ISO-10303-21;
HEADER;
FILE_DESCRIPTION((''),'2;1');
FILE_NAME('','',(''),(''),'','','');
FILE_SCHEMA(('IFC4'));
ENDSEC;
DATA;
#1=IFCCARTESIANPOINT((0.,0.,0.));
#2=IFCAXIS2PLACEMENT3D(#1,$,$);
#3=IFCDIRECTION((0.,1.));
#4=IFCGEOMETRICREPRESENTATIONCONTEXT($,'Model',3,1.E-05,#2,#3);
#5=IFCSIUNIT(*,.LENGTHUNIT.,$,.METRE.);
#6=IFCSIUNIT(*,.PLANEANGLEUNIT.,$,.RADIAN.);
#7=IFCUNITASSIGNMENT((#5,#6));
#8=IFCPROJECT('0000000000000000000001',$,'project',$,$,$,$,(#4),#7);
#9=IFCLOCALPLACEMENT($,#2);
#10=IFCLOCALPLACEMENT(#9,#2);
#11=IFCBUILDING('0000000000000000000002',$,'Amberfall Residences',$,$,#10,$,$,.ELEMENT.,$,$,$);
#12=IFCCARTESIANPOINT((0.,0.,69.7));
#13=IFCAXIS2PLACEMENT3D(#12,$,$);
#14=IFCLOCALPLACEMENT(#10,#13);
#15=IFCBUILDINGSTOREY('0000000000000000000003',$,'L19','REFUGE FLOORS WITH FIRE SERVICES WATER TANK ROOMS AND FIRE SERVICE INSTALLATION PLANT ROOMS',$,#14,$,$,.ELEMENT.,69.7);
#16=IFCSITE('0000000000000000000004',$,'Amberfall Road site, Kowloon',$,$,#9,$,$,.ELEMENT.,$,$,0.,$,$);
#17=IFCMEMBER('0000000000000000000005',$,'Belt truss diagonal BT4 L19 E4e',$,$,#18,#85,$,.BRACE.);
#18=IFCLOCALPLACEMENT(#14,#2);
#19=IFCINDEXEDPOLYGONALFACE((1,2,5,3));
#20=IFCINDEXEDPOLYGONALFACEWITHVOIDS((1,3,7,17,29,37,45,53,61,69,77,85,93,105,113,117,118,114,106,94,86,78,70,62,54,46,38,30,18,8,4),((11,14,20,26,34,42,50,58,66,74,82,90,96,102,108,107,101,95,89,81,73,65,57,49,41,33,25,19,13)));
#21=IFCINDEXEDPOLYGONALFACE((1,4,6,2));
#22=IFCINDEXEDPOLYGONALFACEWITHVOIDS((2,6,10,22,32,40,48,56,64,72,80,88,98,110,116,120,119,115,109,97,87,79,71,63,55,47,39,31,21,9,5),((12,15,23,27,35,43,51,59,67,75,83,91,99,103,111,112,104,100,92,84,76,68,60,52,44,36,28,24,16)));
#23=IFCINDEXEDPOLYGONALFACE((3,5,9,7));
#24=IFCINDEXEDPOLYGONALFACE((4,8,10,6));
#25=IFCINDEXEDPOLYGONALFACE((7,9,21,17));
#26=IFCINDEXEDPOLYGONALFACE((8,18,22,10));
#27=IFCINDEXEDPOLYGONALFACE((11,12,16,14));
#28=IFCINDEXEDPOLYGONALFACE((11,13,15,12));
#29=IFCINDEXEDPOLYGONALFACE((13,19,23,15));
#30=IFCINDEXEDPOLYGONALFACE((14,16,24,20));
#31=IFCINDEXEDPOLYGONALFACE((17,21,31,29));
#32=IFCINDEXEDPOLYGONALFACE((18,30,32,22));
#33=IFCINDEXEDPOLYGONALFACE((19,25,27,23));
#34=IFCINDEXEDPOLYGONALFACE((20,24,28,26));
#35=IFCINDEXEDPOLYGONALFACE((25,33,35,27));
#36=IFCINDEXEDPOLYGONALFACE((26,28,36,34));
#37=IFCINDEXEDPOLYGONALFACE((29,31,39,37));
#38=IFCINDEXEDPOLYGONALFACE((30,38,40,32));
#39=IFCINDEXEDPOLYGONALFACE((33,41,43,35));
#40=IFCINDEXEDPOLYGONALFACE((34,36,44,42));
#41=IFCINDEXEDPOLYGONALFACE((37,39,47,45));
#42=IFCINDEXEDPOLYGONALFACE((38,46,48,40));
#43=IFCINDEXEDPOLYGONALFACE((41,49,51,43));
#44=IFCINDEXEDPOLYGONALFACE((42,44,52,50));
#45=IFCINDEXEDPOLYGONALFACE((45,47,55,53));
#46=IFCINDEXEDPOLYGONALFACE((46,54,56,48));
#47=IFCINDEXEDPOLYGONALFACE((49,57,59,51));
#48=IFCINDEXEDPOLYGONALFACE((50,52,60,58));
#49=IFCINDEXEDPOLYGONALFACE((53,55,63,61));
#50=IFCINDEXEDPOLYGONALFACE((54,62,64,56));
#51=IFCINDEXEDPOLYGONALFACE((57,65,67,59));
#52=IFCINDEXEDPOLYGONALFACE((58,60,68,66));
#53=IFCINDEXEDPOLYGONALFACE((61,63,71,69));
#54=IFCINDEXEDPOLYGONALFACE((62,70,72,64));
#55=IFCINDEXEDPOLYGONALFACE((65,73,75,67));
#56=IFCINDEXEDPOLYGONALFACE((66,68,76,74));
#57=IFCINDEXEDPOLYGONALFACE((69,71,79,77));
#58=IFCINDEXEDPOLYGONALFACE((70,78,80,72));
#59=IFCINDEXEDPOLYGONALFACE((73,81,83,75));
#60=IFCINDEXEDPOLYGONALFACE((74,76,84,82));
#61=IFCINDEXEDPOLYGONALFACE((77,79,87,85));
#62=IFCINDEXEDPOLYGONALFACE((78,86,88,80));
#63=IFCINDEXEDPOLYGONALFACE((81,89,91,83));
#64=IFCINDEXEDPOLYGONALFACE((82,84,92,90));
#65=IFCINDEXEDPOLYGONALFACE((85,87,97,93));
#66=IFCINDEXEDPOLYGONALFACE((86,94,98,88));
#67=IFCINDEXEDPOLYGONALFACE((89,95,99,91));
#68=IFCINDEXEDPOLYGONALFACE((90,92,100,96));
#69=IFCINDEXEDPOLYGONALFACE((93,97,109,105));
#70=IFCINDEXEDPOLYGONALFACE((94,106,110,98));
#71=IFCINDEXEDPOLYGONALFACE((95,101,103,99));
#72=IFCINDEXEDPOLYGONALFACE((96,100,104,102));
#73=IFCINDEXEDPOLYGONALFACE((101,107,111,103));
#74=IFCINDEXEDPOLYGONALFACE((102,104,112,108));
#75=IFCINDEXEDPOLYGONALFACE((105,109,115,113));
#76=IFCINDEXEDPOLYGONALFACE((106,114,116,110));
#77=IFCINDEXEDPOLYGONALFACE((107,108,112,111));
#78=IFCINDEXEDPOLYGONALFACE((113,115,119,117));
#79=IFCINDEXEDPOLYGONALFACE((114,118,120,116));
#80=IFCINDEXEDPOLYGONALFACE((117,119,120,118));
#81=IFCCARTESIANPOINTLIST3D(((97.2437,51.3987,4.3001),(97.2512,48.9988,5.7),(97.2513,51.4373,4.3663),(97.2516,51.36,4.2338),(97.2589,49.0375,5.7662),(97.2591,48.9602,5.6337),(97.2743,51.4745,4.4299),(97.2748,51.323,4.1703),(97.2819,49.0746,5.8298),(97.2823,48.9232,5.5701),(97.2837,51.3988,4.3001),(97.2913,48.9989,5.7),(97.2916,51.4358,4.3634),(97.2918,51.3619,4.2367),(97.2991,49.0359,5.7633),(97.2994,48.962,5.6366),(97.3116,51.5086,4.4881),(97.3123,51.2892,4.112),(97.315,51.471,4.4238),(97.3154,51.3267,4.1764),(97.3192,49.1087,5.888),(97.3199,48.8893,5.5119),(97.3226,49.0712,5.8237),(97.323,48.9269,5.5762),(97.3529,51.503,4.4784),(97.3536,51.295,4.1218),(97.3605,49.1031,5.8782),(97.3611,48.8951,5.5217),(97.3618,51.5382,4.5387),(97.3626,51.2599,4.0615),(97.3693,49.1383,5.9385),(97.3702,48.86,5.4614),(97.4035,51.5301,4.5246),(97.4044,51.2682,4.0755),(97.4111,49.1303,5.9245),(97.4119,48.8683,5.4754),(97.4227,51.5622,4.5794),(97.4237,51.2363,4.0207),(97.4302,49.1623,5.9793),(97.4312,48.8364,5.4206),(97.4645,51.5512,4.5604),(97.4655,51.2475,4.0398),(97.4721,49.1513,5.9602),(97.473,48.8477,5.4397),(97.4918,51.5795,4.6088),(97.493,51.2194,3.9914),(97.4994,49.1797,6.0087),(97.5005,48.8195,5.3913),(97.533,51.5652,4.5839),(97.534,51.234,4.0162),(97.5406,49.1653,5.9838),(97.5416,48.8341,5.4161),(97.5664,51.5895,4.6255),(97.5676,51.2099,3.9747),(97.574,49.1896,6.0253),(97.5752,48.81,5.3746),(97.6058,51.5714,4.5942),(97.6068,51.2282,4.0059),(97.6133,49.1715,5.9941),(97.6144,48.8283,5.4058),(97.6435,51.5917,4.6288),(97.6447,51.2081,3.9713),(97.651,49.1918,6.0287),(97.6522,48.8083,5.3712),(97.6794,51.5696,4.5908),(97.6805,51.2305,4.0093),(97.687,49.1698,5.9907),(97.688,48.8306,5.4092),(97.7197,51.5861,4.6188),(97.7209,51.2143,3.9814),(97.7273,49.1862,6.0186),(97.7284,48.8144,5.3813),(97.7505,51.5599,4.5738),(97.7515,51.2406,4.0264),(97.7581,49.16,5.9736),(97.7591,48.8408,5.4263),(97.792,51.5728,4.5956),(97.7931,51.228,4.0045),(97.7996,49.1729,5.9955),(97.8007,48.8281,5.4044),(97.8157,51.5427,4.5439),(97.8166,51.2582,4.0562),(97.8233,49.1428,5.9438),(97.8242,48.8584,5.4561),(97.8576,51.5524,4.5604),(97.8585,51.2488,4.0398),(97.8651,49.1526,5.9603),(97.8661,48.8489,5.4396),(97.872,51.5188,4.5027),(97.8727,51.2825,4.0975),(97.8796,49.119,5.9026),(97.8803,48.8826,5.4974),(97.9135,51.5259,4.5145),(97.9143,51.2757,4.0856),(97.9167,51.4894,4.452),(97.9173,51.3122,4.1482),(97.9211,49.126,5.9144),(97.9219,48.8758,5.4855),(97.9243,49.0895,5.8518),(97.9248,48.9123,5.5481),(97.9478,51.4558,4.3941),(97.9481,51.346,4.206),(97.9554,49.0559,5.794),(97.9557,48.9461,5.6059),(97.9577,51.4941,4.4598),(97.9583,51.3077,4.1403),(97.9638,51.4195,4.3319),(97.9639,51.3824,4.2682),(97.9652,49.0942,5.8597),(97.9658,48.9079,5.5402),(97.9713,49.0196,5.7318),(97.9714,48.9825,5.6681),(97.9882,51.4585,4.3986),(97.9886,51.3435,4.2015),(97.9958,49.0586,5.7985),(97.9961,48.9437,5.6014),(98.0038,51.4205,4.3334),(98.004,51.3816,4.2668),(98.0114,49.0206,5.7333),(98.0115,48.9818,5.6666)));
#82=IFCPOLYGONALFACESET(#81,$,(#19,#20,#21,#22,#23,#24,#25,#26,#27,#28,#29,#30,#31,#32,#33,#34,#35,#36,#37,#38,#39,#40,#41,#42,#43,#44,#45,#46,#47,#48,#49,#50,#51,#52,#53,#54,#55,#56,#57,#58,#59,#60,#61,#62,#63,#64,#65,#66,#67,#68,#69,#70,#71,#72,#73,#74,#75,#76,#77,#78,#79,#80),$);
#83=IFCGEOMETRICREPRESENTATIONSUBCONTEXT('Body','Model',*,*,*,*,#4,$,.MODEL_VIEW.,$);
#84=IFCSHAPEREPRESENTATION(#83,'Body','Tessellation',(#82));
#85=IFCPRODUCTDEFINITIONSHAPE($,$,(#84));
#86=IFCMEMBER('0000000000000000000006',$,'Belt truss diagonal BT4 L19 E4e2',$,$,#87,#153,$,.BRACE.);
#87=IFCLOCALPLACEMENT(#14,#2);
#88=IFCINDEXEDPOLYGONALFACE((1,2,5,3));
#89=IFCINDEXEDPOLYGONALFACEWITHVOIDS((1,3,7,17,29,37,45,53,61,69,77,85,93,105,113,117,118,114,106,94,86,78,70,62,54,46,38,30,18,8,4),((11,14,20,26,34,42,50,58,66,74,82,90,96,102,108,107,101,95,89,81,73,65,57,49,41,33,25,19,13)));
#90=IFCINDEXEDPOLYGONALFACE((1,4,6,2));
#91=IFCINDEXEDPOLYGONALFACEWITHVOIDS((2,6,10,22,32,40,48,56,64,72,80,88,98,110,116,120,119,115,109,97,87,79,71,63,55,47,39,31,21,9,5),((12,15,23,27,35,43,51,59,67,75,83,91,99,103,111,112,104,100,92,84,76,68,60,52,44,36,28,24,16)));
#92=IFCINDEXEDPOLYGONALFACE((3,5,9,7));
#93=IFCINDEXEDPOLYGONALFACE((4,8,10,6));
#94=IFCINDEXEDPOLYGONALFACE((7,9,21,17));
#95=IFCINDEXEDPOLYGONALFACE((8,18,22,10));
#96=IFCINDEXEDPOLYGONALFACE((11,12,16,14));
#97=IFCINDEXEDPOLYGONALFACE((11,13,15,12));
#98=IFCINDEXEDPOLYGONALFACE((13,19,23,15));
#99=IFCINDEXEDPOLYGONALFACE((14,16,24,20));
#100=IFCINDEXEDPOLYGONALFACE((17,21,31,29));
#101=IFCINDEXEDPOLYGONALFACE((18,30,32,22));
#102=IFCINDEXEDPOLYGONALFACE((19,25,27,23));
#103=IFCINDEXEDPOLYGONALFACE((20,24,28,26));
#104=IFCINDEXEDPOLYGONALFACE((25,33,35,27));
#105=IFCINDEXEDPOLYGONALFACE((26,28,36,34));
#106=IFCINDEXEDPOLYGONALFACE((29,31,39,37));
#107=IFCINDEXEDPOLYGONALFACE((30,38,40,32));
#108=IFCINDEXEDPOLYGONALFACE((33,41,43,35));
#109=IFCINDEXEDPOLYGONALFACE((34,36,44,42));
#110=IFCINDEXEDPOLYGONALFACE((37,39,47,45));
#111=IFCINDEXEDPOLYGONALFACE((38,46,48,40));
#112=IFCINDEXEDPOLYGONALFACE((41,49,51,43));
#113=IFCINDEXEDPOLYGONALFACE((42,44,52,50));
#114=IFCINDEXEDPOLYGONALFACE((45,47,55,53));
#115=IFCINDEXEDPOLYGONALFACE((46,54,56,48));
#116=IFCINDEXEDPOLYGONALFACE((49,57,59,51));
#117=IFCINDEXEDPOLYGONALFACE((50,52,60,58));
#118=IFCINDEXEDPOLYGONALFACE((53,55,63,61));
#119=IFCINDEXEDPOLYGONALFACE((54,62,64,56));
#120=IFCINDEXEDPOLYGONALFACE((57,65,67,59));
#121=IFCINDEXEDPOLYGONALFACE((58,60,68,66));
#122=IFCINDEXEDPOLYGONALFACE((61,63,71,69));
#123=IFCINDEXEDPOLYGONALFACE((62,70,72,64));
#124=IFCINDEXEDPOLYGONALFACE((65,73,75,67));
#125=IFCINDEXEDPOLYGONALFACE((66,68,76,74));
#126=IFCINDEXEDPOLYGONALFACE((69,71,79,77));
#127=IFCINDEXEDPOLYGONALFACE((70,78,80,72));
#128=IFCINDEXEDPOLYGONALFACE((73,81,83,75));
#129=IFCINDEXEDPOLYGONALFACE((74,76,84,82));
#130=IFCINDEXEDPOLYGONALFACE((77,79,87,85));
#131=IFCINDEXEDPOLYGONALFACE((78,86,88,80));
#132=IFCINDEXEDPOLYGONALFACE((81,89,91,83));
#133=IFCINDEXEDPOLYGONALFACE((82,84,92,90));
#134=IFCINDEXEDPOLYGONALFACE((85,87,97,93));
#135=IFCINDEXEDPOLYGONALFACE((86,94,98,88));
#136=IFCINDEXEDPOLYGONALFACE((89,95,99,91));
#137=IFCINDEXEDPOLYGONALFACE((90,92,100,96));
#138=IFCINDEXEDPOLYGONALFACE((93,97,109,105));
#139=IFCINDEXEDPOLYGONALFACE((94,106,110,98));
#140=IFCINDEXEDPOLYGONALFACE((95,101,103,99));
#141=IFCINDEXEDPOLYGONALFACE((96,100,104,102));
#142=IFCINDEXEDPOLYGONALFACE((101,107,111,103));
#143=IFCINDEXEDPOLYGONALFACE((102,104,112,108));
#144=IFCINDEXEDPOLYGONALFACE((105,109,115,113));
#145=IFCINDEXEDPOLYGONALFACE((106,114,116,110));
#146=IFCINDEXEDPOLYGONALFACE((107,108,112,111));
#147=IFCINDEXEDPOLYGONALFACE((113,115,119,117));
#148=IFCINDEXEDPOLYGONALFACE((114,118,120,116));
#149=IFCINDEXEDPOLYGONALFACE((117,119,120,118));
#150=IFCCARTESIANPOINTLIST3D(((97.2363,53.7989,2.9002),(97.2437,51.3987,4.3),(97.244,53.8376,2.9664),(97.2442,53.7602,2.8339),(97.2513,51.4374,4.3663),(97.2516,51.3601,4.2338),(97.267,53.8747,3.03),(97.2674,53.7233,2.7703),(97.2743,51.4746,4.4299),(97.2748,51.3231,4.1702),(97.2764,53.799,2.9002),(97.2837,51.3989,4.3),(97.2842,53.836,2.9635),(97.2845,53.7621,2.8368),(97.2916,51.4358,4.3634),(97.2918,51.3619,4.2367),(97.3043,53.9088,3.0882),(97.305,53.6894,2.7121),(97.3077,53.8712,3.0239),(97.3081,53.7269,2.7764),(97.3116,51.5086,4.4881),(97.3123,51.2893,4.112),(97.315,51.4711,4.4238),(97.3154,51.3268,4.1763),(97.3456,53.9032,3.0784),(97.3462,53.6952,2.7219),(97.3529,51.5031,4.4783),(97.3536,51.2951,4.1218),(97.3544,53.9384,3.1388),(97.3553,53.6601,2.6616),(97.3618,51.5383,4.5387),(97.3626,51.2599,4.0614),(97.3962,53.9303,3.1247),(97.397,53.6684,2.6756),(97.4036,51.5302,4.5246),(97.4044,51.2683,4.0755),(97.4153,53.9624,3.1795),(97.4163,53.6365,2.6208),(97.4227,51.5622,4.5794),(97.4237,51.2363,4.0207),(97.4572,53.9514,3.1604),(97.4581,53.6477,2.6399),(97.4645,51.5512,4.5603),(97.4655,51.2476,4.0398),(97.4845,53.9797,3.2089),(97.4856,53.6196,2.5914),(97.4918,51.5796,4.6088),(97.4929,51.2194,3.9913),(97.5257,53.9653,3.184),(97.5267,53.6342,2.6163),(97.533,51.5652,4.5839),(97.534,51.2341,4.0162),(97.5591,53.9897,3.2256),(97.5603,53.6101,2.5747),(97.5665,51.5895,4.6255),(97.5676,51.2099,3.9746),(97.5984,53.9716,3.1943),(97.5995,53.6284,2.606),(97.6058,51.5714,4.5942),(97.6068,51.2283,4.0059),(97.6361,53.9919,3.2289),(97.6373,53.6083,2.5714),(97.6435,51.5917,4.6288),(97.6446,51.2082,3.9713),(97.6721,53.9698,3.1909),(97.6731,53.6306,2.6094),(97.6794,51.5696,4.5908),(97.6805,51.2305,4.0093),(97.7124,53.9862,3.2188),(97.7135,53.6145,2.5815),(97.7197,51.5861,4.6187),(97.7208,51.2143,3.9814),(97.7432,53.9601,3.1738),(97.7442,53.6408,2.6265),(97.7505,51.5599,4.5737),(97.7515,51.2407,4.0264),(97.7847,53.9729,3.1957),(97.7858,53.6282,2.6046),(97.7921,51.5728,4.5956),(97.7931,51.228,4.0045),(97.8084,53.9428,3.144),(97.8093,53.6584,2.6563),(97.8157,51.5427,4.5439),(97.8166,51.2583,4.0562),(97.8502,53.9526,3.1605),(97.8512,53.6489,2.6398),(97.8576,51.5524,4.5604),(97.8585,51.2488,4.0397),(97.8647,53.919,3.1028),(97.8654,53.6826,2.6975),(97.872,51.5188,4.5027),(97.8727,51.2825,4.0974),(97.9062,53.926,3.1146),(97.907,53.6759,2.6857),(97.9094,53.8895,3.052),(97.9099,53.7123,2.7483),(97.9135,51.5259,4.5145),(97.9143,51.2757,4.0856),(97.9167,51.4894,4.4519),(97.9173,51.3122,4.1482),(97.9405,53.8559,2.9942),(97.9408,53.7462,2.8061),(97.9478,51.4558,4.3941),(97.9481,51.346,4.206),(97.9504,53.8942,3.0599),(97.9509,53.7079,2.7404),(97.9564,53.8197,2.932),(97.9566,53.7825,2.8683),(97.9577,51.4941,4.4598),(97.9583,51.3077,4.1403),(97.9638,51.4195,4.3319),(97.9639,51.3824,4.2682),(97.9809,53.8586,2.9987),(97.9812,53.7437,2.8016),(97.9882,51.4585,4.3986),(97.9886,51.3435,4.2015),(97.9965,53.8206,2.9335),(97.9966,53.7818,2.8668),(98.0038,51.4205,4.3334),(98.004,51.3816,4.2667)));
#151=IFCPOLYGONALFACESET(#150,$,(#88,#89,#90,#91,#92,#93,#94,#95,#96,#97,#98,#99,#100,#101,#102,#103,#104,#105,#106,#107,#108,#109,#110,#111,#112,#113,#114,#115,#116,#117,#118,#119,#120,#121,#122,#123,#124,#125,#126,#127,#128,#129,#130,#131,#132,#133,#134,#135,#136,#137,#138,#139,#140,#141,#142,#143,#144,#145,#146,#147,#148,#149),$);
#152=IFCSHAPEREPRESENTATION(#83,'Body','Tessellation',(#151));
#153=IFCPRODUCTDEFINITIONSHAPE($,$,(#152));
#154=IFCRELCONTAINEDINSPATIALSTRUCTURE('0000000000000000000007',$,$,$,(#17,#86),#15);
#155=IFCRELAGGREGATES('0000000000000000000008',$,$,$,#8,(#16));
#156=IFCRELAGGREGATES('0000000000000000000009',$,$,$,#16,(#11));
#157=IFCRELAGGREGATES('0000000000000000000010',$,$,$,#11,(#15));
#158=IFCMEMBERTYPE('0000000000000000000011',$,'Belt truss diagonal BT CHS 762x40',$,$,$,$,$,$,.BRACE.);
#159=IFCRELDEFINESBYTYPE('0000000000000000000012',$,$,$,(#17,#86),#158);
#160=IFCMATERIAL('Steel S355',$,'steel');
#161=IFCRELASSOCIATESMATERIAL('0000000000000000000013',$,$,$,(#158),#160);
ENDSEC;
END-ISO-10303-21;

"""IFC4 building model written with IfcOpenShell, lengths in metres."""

from ifc_helpers import new_model, si_unit, direction, frame, origin, origin_2d, place, context, subcontext, project, spatial, hollow_circle, extrude, material, material_profile, profile_set, type_object, element, save


model = new_model("IFC4")

# Units and contexts
model_context = context("Model", 3, precision=1e-05, world=origin(), true_north=direction((0.0, 1.0)))
body_context = subcontext(model_context, "Body", "Model", "MODEL_VIEW")
ifc_project = project(units=[si_unit("LENGTHUNIT", "METRE"), si_unit("PLANEANGLEUNIT", "RADIAN")], contexts=[model_context])

# Site, building, storey
site_placement = place(None, origin())
site = spatial("IfcSite", under=ifc_project, at=site_placement, Name="Amberfall Road site, Kowloon", CompositionType="ELEMENT", RefElevation=0.0)
building_placement = place(site_placement, origin())
building = spatial("IfcBuilding", under=site, at=building_placement, Name="Amberfall Residences", CompositionType="ELEMENT")
storey_placement = place(building_placement, frame((0.0, 0.0, 69.7)))
storey = spatial("IfcBuildingStorey", under=building, at=storey_placement, Name="L19", Description="REFUGE FLOORS WITH FIRE SERVICES WATER TANK ROOMS AND FIRE SERVICE INSTALLATION PLANT ROOMS", CompositionType="ELEMENT", Elevation=69.7)

# Shared definitions
ifc_material_1 = material(Name="Steel S355", Category="steel")

# Members
ifc_material_profile_1 = material_profile(ifc_material_1, hollow_circle(Radius=0.3811, WallThickness=0.04, at=origin_2d()), Name="CHS 762x40")
ifc_profile_set_1 = profile_set([ifc_material_profile_1], Name="Steel S355")
member_type = type_object("IfcMemberType", Name="Belt truss diagonal BT CHS 762x40", PredefinedType="BRACE", material=ifc_profile_set_1)
member_1_placement = place(storey_placement, frame((97.6323, 49.0, 5.7), z_axis=(-0.002724, 0.863782, -0.503858), x_axis=(-0.999995, -0.003154, 0.0)))
element("IfcMember", 1, at=member_1_placement, inside=storey, type_object=member_type, Name="Belt truss diagonal BT4 L19 E4e", PredefinedType="BRACE", context=body_context, shape_type="SweptSolid", body=[
    extrude(hollow_circle(Radius=0.3811, WallThickness=0.04, at=origin_2d()), origin(), (0.0, 0.0, 1.0), 2.7783),
])
member_2_placement = place(storey_placement, frame((97.6248, 51.3999, 4.3), z_axis=(-0.002636, 0.863805, -0.50382), x_axis=(-0.999995, -0.003052, 0.0)))
element("IfcMember", 2, at=member_2_placement, inside=storey, type_object=member_type, Name="Belt truss diagonal BT4 L19 E4e2", PredefinedType="BRACE", context=body_context, shape_type="SweptSolid", body=[
    extrude(hollow_circle(Radius=0.3811, WallThickness=0.04, at=origin_2d()), origin(), (0.0, 0.0, 1.0), 2.7786),
])

save(model, "model.ifc")
